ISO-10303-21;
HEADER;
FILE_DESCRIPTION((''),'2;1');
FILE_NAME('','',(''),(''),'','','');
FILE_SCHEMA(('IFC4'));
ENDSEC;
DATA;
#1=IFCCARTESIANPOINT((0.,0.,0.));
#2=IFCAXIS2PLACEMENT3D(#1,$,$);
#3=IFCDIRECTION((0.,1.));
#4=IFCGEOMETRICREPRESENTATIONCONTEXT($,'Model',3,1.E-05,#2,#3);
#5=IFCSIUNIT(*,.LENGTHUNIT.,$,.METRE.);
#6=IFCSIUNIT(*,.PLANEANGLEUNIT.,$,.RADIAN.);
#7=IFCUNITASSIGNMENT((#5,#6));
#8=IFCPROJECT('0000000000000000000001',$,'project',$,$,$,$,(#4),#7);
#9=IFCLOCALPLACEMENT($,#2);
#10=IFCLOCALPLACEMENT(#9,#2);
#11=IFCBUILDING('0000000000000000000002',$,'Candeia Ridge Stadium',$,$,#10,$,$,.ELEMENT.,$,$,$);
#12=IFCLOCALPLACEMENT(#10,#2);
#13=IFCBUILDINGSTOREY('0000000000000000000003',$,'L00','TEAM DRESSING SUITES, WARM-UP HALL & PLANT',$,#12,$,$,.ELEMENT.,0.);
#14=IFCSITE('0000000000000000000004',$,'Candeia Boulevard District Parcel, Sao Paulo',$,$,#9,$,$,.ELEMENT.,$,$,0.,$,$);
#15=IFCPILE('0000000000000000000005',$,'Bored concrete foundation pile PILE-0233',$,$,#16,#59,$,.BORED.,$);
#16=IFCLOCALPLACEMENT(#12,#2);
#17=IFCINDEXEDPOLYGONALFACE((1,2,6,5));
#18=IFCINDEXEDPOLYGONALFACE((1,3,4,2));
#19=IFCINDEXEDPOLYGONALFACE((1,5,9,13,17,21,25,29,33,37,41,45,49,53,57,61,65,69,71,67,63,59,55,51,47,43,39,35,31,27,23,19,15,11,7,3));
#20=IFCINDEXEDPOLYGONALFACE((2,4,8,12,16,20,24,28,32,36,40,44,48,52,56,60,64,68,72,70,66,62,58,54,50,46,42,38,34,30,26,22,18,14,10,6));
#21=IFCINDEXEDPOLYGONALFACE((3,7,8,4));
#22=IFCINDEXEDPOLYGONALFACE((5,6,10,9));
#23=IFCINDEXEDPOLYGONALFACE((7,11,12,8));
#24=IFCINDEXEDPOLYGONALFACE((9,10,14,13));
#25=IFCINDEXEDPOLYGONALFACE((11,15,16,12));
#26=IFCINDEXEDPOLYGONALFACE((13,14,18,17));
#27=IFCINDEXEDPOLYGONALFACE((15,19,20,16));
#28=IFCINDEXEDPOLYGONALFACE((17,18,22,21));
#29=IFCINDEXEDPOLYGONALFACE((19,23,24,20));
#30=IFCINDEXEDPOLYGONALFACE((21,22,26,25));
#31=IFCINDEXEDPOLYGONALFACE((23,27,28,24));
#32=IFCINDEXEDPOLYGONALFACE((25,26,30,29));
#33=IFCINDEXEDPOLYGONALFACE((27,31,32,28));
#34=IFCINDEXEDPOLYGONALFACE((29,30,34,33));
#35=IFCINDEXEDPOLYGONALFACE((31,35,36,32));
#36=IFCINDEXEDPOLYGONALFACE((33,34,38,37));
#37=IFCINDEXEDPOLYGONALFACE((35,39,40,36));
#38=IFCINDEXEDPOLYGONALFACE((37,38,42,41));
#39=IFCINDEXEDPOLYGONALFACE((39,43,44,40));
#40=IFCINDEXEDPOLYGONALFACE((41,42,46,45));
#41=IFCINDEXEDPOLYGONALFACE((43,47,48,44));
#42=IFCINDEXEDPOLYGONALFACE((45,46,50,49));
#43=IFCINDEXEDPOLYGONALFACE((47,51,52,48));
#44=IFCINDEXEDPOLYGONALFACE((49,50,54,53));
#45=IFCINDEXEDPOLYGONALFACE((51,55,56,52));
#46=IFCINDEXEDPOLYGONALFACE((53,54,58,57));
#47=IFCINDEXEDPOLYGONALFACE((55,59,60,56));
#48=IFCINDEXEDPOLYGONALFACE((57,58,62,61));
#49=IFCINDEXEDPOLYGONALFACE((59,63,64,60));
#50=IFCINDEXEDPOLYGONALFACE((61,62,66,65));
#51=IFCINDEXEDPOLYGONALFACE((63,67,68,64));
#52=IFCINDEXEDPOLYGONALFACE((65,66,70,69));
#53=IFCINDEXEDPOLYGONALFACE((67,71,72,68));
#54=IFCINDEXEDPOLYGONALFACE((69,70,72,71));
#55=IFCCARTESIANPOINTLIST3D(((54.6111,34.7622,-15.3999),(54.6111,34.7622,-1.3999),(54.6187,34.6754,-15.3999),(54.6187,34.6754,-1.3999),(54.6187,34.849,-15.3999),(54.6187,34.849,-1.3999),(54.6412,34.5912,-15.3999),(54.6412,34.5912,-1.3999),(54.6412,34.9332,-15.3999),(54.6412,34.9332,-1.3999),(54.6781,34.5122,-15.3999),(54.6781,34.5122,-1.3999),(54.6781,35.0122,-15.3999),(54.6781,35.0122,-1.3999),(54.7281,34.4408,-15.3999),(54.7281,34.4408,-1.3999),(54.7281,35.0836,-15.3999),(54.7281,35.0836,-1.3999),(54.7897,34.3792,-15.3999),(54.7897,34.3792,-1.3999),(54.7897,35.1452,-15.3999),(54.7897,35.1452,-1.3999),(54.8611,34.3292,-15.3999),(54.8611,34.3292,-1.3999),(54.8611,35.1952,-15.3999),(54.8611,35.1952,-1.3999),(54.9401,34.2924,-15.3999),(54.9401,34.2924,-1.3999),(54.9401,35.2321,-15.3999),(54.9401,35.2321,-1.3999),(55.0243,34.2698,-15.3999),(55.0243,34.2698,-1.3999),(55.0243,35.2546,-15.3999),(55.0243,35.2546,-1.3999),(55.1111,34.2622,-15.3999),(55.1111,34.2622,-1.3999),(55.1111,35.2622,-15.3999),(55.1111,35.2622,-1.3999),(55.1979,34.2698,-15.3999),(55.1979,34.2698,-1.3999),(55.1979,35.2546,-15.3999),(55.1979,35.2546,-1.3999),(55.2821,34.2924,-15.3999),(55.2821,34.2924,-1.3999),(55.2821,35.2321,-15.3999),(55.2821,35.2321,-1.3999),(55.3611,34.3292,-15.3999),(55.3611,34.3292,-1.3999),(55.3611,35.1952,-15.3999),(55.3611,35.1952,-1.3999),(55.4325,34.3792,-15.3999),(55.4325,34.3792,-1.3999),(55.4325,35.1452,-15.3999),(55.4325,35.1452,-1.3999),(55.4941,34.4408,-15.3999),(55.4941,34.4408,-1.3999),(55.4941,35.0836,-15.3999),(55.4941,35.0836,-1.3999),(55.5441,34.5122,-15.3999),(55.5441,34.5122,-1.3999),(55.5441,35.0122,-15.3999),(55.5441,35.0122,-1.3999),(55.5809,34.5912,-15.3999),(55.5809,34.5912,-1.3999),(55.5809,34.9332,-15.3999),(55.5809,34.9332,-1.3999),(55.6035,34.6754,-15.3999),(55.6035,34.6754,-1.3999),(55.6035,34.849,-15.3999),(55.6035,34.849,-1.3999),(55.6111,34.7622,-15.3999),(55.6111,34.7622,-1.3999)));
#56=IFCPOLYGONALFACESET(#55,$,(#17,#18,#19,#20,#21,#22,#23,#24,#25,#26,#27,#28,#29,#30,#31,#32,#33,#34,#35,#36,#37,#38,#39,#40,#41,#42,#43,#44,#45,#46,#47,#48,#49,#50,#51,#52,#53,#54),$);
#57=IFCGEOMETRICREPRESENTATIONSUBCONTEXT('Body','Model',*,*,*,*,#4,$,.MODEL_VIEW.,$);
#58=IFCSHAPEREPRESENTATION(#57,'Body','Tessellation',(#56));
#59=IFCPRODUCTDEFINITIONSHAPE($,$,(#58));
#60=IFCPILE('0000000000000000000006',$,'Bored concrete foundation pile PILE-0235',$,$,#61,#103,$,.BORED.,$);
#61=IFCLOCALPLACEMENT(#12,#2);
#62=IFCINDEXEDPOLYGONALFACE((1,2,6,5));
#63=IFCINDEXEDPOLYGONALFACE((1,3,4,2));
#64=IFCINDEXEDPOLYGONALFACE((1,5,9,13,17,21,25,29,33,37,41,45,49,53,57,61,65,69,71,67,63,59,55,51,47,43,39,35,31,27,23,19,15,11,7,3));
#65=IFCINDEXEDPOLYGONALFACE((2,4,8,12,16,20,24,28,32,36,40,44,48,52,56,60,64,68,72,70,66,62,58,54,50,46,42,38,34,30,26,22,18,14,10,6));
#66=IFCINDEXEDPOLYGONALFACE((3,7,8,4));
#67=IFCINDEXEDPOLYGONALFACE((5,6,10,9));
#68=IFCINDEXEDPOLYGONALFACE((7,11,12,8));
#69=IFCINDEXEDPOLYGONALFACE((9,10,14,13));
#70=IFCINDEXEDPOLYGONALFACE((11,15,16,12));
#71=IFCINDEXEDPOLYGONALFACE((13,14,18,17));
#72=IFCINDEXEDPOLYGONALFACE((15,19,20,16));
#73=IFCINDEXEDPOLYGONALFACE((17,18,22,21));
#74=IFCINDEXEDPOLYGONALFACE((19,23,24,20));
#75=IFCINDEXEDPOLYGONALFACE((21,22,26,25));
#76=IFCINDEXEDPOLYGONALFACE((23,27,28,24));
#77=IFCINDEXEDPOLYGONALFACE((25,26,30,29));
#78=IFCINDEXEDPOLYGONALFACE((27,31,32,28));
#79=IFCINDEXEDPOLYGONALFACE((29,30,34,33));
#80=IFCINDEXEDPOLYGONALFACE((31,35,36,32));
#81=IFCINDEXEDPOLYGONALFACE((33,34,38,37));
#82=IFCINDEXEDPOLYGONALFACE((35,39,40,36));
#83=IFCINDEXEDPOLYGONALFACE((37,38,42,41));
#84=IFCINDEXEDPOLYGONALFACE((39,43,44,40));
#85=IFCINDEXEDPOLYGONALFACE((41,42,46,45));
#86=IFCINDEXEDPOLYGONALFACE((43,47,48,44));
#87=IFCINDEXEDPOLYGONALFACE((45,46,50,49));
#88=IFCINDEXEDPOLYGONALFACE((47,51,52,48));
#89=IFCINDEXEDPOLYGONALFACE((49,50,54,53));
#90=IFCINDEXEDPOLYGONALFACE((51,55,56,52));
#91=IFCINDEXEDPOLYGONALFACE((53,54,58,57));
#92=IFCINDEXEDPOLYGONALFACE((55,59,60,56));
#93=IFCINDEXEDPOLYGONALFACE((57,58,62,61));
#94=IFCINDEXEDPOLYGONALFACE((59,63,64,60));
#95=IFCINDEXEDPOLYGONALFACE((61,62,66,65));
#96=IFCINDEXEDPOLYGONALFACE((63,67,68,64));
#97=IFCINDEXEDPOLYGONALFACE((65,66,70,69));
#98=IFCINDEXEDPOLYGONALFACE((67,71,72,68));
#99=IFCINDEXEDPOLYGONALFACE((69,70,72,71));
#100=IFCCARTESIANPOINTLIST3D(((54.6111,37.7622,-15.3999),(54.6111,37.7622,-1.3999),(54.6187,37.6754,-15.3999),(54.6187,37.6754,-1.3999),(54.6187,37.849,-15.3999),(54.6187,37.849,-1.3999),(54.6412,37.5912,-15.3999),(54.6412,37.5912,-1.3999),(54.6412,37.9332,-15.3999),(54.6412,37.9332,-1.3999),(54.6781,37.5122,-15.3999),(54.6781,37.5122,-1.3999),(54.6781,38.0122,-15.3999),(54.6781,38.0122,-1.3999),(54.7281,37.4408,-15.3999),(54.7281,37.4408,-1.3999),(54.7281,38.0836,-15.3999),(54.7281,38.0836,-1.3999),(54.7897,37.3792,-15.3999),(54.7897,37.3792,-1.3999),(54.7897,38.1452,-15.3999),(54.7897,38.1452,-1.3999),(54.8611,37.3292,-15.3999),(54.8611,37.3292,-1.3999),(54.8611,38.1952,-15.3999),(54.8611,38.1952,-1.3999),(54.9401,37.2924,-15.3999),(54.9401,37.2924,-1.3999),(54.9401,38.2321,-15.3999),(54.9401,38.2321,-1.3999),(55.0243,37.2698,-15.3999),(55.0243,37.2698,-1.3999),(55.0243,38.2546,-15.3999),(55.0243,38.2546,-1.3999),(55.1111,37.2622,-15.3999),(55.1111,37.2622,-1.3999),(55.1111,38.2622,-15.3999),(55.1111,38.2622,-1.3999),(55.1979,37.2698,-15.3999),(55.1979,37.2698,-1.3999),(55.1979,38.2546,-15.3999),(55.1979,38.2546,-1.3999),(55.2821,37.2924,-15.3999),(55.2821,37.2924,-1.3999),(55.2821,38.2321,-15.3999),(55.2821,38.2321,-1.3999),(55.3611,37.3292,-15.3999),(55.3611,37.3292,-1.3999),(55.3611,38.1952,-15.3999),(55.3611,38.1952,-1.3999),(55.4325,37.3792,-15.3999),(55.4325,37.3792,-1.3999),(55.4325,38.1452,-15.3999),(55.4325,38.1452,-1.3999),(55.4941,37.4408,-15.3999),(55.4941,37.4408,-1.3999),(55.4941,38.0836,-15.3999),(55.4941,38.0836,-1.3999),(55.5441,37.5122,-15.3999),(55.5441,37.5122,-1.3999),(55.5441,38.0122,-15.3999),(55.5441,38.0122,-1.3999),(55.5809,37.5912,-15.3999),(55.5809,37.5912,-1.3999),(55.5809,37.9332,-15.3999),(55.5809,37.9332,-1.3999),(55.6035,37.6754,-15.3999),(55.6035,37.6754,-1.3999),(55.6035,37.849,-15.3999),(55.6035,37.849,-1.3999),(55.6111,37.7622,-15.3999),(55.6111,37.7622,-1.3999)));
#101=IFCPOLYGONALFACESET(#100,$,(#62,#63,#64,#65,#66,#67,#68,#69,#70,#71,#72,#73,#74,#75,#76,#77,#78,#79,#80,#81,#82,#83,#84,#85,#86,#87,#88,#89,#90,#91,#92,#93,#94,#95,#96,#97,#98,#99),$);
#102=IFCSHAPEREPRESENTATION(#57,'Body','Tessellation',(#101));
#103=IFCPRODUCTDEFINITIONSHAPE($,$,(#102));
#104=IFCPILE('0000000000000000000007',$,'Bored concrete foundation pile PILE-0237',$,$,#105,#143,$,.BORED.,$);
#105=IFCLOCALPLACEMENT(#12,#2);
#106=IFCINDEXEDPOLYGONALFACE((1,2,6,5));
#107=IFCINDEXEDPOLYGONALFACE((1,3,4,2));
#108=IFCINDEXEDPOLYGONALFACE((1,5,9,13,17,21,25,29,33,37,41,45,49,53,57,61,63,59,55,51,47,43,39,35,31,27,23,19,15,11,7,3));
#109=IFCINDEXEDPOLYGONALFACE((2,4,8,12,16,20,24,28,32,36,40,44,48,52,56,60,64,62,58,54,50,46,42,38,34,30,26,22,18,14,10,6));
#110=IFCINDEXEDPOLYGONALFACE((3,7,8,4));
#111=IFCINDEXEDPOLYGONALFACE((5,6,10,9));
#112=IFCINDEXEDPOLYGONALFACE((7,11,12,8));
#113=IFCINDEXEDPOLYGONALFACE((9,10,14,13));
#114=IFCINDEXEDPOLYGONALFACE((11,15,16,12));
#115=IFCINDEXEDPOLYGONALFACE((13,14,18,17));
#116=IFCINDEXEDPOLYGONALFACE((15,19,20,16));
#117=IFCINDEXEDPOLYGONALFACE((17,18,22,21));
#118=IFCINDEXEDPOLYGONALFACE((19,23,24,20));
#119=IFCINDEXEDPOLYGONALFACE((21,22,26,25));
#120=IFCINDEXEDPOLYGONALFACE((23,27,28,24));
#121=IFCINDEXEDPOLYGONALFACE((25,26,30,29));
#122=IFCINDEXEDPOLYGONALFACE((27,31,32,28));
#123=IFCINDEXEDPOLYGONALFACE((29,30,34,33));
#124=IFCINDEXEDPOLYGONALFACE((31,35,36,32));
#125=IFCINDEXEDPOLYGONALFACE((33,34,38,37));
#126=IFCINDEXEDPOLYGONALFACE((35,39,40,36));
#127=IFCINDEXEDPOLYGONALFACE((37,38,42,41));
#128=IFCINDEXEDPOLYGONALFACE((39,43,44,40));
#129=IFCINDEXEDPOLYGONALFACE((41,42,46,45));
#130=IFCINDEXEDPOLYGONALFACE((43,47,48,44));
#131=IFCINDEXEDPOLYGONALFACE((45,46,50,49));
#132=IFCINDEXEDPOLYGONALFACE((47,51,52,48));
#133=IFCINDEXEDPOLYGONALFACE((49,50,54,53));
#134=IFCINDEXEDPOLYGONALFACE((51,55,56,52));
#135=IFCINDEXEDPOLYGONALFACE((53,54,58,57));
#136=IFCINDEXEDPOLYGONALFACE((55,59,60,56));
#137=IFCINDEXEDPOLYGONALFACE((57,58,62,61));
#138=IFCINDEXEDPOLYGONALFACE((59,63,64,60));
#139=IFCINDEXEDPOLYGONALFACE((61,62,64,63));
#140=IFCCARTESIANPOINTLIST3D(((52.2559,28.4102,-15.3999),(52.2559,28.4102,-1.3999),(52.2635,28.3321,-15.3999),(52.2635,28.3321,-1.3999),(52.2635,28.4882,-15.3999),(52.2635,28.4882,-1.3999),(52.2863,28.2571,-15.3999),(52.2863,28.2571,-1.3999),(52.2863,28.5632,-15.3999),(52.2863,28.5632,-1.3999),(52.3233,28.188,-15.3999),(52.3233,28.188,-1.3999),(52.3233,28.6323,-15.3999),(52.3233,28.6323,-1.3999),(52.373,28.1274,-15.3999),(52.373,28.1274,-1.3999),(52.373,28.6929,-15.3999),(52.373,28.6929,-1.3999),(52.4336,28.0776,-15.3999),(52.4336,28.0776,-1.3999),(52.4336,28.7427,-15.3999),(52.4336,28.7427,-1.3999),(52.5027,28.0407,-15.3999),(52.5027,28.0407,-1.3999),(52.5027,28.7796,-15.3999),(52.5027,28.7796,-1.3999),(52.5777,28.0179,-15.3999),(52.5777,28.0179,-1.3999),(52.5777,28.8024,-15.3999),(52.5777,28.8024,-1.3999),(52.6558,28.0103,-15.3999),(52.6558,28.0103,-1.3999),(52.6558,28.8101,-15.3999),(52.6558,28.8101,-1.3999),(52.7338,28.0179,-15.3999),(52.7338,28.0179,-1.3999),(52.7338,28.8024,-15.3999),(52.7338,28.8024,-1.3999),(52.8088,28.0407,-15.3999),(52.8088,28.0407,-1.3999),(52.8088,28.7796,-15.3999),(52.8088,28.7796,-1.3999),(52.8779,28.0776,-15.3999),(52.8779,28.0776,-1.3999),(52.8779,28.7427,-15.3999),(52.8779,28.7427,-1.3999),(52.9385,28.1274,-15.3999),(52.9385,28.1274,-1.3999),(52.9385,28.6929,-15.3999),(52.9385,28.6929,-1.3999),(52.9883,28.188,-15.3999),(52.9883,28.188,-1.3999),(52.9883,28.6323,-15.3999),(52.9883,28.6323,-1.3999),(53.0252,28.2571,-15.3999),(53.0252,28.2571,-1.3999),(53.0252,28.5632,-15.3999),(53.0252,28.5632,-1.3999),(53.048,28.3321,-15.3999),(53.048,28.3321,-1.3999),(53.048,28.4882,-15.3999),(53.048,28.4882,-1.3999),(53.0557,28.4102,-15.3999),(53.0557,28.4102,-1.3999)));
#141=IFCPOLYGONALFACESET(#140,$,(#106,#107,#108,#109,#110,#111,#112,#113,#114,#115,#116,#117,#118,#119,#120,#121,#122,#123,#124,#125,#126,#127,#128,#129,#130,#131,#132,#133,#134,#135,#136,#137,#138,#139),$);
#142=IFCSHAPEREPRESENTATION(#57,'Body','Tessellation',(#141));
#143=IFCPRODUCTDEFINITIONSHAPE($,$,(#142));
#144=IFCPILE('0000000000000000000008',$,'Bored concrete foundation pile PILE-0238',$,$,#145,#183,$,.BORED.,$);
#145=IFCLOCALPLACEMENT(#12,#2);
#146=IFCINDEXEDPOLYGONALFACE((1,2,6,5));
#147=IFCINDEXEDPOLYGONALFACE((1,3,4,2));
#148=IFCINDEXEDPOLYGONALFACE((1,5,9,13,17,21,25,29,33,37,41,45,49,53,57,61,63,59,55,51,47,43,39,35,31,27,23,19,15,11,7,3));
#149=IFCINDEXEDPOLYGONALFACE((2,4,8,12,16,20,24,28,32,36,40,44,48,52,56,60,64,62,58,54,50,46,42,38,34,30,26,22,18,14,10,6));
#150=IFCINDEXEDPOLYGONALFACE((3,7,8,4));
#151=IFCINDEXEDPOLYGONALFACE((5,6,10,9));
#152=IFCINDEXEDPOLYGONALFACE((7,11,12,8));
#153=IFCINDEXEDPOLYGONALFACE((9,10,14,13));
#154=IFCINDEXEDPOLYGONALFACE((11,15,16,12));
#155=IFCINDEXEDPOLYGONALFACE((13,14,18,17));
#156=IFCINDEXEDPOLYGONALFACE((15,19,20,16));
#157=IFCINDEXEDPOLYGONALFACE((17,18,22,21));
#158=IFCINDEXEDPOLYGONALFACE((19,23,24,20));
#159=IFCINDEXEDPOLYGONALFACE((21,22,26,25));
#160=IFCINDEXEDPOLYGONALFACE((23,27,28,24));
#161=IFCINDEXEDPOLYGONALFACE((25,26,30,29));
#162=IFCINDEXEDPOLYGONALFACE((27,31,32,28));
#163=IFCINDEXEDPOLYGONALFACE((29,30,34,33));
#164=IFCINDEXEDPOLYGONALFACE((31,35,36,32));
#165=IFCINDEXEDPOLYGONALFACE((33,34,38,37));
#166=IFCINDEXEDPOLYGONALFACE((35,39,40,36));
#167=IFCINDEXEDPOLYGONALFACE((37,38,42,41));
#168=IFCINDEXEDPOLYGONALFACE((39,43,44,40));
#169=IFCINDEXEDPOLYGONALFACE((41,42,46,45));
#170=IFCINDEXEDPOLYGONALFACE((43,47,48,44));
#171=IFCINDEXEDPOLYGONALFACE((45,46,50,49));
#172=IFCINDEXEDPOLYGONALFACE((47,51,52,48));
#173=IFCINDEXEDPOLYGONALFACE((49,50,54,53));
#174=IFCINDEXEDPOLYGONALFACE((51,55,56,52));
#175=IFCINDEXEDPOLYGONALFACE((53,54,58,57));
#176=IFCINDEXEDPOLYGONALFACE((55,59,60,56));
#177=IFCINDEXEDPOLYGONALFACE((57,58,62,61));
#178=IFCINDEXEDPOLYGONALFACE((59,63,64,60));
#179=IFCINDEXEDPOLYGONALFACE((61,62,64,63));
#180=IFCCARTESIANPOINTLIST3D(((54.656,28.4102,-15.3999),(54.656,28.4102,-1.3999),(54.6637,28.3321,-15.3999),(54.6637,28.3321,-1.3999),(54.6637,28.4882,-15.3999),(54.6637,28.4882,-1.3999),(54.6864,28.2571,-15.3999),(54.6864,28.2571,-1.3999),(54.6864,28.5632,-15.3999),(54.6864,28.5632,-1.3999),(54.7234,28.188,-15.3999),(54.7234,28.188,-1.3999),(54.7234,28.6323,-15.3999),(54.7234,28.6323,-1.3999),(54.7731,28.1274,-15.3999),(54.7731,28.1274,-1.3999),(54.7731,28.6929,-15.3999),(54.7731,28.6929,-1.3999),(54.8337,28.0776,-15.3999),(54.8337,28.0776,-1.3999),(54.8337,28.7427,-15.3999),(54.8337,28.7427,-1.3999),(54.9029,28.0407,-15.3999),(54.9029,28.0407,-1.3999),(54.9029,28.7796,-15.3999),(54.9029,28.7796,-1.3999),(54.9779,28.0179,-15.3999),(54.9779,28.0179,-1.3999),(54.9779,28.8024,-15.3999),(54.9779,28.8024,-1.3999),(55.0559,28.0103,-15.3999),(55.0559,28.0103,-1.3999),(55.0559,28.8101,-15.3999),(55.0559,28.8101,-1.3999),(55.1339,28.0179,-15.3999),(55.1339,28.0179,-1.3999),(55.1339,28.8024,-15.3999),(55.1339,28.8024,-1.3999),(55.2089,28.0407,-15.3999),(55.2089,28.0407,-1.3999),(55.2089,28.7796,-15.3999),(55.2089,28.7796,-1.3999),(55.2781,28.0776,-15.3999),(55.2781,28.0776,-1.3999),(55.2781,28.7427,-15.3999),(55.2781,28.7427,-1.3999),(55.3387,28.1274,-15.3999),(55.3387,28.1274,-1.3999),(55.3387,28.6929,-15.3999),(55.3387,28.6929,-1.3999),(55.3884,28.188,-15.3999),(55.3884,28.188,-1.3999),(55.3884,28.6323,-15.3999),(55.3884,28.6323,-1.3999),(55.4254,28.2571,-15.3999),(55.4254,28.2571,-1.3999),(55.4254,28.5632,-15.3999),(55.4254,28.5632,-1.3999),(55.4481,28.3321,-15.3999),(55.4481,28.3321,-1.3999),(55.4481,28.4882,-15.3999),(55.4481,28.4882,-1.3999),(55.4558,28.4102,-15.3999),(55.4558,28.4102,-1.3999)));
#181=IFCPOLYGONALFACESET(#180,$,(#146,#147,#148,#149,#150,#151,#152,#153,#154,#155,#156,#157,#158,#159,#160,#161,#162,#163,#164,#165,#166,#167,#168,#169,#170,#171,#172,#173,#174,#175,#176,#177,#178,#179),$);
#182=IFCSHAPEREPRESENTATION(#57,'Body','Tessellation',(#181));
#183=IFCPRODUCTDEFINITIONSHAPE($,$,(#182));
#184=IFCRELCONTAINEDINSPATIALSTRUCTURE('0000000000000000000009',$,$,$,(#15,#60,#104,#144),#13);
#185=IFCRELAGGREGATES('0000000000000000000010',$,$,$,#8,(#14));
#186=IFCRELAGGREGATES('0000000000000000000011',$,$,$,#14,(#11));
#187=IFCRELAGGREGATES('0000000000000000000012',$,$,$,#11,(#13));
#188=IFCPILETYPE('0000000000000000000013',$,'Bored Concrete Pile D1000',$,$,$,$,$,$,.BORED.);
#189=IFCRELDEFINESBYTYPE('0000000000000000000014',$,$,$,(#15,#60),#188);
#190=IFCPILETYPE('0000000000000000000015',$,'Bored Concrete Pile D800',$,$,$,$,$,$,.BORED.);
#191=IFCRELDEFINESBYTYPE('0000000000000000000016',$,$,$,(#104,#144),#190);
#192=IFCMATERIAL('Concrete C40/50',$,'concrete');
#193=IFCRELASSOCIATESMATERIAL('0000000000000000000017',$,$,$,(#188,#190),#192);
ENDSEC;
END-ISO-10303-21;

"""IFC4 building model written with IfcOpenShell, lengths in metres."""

from ifc_helpers import new_model, si_unit, direction, frame, origin, origin_2d, place, context, subcontext, project, spatial, circle, extrude, material, material_profile, profile_set, type_object, element, save


model = new_model("IFC4")

# Units and contexts
model_context = context("Model", 3, precision=1e-05, world=origin(), true_north=direction((0.0, 1.0)))
body_context = subcontext(model_context, "Body", "Model", "MODEL_VIEW")
ifc_project = project(units=[si_unit("LENGTHUNIT", "METRE"), si_unit("PLANEANGLEUNIT", "RADIAN")], contexts=[model_context])

# Site, building, storey
site_placement = place(None, origin())
site = spatial("IfcSite", under=ifc_project, at=site_placement, Name="Candeia Boulevard District Parcel, Sao Paulo", CompositionType="ELEMENT", RefElevation=0.0)
building_placement = place(site_placement, origin())
building = spatial("IfcBuilding", under=site, at=building_placement, Name="Candeia Ridge Stadium", CompositionType="ELEMENT")
storey_placement = place(building_placement, origin())
storey = spatial("IfcBuildingStorey", under=building, at=storey_placement, Name="L00", Description="TEAM DRESSING SUITES, WARM-UP HALL & PLANT", CompositionType="ELEMENT", Elevation=0.0)

# Piles
ifc_material_1 = material(Name="Concrete C40/50", Category="concrete")
ifc_material_profile_1 = material_profile(ifc_material_1, circle(Radius=0.5, at=origin_2d()), Name="PILE-D1000", Category="concrete")
ifc_profile_set_1 = profile_set([ifc_material_profile_1], Name="Concrete C40/50")
pile_type_1 = type_object("IfcPileType", Name="Bored Concrete Pile D1000", PredefinedType="BORED", material=ifc_profile_set_1)
for number, where, z_axis, x_axis, name in (
    (1, (55.1111, 34.7622, -1.3999), (0.0, 0.0, -1.0), (1.0, 0.0, 0.0), "Bored concrete foundation pile PILE-0233"),
    (2, (55.1111, 37.7622, -1.3999), (0.0, 0.0, -1.0), (1.0, 0.0, 0.0), "Bored concrete foundation pile PILE-0235"),
):
    element("IfcPile", number, at=place(storey_placement, frame(where, z_axis=z_axis, x_axis=x_axis)), inside=storey, type_object=pile_type_1, Name=name, PredefinedType="BORED", context=body_context, shape_type="SweptSolid", body=[
        extrude(circle(Radius=0.5, at=origin_2d()), origin(), (0.0, 0.0, 1.0), 14.0),
    ])
ifc_material_profile_2 = material_profile(ifc_material_1, circle(Radius=0.3999, at=origin_2d()), Name="PILE-D800", Category="concrete")
ifc_profile_set_2 = profile_set([ifc_material_profile_2], Name="Concrete C40/50")
pile_type_2 = type_object("IfcPileType", Name="Bored Concrete Pile D800", PredefinedType="BORED", material=ifc_profile_set_2)
for number, where, z_axis, x_axis, name in (
    (3, (52.6558, 28.4102, -1.3999), (0.0, 0.0, -1.0), (1.0, 0.0, 0.0), "Bored concrete foundation pile PILE-0237"),
    (4, (55.0559, 28.4102, -1.3999), (0.0, 0.0, -1.0), (1.0, 0.0, 0.0), "Bored concrete foundation pile PILE-0238"),
):
    element("IfcPile", number, at=place(storey_placement, frame(where, z_axis=z_axis, x_axis=x_axis)), inside=storey, type_object=pile_type_2, Name=name, PredefinedType="BORED", context=body_context, shape_type="SweptSolid", body=[
        extrude(circle(Radius=0.3999, at=origin_2d()), origin(), (0.0, 0.0, 1.0), 14.0),
    ])

save(model, "model.ifc")
